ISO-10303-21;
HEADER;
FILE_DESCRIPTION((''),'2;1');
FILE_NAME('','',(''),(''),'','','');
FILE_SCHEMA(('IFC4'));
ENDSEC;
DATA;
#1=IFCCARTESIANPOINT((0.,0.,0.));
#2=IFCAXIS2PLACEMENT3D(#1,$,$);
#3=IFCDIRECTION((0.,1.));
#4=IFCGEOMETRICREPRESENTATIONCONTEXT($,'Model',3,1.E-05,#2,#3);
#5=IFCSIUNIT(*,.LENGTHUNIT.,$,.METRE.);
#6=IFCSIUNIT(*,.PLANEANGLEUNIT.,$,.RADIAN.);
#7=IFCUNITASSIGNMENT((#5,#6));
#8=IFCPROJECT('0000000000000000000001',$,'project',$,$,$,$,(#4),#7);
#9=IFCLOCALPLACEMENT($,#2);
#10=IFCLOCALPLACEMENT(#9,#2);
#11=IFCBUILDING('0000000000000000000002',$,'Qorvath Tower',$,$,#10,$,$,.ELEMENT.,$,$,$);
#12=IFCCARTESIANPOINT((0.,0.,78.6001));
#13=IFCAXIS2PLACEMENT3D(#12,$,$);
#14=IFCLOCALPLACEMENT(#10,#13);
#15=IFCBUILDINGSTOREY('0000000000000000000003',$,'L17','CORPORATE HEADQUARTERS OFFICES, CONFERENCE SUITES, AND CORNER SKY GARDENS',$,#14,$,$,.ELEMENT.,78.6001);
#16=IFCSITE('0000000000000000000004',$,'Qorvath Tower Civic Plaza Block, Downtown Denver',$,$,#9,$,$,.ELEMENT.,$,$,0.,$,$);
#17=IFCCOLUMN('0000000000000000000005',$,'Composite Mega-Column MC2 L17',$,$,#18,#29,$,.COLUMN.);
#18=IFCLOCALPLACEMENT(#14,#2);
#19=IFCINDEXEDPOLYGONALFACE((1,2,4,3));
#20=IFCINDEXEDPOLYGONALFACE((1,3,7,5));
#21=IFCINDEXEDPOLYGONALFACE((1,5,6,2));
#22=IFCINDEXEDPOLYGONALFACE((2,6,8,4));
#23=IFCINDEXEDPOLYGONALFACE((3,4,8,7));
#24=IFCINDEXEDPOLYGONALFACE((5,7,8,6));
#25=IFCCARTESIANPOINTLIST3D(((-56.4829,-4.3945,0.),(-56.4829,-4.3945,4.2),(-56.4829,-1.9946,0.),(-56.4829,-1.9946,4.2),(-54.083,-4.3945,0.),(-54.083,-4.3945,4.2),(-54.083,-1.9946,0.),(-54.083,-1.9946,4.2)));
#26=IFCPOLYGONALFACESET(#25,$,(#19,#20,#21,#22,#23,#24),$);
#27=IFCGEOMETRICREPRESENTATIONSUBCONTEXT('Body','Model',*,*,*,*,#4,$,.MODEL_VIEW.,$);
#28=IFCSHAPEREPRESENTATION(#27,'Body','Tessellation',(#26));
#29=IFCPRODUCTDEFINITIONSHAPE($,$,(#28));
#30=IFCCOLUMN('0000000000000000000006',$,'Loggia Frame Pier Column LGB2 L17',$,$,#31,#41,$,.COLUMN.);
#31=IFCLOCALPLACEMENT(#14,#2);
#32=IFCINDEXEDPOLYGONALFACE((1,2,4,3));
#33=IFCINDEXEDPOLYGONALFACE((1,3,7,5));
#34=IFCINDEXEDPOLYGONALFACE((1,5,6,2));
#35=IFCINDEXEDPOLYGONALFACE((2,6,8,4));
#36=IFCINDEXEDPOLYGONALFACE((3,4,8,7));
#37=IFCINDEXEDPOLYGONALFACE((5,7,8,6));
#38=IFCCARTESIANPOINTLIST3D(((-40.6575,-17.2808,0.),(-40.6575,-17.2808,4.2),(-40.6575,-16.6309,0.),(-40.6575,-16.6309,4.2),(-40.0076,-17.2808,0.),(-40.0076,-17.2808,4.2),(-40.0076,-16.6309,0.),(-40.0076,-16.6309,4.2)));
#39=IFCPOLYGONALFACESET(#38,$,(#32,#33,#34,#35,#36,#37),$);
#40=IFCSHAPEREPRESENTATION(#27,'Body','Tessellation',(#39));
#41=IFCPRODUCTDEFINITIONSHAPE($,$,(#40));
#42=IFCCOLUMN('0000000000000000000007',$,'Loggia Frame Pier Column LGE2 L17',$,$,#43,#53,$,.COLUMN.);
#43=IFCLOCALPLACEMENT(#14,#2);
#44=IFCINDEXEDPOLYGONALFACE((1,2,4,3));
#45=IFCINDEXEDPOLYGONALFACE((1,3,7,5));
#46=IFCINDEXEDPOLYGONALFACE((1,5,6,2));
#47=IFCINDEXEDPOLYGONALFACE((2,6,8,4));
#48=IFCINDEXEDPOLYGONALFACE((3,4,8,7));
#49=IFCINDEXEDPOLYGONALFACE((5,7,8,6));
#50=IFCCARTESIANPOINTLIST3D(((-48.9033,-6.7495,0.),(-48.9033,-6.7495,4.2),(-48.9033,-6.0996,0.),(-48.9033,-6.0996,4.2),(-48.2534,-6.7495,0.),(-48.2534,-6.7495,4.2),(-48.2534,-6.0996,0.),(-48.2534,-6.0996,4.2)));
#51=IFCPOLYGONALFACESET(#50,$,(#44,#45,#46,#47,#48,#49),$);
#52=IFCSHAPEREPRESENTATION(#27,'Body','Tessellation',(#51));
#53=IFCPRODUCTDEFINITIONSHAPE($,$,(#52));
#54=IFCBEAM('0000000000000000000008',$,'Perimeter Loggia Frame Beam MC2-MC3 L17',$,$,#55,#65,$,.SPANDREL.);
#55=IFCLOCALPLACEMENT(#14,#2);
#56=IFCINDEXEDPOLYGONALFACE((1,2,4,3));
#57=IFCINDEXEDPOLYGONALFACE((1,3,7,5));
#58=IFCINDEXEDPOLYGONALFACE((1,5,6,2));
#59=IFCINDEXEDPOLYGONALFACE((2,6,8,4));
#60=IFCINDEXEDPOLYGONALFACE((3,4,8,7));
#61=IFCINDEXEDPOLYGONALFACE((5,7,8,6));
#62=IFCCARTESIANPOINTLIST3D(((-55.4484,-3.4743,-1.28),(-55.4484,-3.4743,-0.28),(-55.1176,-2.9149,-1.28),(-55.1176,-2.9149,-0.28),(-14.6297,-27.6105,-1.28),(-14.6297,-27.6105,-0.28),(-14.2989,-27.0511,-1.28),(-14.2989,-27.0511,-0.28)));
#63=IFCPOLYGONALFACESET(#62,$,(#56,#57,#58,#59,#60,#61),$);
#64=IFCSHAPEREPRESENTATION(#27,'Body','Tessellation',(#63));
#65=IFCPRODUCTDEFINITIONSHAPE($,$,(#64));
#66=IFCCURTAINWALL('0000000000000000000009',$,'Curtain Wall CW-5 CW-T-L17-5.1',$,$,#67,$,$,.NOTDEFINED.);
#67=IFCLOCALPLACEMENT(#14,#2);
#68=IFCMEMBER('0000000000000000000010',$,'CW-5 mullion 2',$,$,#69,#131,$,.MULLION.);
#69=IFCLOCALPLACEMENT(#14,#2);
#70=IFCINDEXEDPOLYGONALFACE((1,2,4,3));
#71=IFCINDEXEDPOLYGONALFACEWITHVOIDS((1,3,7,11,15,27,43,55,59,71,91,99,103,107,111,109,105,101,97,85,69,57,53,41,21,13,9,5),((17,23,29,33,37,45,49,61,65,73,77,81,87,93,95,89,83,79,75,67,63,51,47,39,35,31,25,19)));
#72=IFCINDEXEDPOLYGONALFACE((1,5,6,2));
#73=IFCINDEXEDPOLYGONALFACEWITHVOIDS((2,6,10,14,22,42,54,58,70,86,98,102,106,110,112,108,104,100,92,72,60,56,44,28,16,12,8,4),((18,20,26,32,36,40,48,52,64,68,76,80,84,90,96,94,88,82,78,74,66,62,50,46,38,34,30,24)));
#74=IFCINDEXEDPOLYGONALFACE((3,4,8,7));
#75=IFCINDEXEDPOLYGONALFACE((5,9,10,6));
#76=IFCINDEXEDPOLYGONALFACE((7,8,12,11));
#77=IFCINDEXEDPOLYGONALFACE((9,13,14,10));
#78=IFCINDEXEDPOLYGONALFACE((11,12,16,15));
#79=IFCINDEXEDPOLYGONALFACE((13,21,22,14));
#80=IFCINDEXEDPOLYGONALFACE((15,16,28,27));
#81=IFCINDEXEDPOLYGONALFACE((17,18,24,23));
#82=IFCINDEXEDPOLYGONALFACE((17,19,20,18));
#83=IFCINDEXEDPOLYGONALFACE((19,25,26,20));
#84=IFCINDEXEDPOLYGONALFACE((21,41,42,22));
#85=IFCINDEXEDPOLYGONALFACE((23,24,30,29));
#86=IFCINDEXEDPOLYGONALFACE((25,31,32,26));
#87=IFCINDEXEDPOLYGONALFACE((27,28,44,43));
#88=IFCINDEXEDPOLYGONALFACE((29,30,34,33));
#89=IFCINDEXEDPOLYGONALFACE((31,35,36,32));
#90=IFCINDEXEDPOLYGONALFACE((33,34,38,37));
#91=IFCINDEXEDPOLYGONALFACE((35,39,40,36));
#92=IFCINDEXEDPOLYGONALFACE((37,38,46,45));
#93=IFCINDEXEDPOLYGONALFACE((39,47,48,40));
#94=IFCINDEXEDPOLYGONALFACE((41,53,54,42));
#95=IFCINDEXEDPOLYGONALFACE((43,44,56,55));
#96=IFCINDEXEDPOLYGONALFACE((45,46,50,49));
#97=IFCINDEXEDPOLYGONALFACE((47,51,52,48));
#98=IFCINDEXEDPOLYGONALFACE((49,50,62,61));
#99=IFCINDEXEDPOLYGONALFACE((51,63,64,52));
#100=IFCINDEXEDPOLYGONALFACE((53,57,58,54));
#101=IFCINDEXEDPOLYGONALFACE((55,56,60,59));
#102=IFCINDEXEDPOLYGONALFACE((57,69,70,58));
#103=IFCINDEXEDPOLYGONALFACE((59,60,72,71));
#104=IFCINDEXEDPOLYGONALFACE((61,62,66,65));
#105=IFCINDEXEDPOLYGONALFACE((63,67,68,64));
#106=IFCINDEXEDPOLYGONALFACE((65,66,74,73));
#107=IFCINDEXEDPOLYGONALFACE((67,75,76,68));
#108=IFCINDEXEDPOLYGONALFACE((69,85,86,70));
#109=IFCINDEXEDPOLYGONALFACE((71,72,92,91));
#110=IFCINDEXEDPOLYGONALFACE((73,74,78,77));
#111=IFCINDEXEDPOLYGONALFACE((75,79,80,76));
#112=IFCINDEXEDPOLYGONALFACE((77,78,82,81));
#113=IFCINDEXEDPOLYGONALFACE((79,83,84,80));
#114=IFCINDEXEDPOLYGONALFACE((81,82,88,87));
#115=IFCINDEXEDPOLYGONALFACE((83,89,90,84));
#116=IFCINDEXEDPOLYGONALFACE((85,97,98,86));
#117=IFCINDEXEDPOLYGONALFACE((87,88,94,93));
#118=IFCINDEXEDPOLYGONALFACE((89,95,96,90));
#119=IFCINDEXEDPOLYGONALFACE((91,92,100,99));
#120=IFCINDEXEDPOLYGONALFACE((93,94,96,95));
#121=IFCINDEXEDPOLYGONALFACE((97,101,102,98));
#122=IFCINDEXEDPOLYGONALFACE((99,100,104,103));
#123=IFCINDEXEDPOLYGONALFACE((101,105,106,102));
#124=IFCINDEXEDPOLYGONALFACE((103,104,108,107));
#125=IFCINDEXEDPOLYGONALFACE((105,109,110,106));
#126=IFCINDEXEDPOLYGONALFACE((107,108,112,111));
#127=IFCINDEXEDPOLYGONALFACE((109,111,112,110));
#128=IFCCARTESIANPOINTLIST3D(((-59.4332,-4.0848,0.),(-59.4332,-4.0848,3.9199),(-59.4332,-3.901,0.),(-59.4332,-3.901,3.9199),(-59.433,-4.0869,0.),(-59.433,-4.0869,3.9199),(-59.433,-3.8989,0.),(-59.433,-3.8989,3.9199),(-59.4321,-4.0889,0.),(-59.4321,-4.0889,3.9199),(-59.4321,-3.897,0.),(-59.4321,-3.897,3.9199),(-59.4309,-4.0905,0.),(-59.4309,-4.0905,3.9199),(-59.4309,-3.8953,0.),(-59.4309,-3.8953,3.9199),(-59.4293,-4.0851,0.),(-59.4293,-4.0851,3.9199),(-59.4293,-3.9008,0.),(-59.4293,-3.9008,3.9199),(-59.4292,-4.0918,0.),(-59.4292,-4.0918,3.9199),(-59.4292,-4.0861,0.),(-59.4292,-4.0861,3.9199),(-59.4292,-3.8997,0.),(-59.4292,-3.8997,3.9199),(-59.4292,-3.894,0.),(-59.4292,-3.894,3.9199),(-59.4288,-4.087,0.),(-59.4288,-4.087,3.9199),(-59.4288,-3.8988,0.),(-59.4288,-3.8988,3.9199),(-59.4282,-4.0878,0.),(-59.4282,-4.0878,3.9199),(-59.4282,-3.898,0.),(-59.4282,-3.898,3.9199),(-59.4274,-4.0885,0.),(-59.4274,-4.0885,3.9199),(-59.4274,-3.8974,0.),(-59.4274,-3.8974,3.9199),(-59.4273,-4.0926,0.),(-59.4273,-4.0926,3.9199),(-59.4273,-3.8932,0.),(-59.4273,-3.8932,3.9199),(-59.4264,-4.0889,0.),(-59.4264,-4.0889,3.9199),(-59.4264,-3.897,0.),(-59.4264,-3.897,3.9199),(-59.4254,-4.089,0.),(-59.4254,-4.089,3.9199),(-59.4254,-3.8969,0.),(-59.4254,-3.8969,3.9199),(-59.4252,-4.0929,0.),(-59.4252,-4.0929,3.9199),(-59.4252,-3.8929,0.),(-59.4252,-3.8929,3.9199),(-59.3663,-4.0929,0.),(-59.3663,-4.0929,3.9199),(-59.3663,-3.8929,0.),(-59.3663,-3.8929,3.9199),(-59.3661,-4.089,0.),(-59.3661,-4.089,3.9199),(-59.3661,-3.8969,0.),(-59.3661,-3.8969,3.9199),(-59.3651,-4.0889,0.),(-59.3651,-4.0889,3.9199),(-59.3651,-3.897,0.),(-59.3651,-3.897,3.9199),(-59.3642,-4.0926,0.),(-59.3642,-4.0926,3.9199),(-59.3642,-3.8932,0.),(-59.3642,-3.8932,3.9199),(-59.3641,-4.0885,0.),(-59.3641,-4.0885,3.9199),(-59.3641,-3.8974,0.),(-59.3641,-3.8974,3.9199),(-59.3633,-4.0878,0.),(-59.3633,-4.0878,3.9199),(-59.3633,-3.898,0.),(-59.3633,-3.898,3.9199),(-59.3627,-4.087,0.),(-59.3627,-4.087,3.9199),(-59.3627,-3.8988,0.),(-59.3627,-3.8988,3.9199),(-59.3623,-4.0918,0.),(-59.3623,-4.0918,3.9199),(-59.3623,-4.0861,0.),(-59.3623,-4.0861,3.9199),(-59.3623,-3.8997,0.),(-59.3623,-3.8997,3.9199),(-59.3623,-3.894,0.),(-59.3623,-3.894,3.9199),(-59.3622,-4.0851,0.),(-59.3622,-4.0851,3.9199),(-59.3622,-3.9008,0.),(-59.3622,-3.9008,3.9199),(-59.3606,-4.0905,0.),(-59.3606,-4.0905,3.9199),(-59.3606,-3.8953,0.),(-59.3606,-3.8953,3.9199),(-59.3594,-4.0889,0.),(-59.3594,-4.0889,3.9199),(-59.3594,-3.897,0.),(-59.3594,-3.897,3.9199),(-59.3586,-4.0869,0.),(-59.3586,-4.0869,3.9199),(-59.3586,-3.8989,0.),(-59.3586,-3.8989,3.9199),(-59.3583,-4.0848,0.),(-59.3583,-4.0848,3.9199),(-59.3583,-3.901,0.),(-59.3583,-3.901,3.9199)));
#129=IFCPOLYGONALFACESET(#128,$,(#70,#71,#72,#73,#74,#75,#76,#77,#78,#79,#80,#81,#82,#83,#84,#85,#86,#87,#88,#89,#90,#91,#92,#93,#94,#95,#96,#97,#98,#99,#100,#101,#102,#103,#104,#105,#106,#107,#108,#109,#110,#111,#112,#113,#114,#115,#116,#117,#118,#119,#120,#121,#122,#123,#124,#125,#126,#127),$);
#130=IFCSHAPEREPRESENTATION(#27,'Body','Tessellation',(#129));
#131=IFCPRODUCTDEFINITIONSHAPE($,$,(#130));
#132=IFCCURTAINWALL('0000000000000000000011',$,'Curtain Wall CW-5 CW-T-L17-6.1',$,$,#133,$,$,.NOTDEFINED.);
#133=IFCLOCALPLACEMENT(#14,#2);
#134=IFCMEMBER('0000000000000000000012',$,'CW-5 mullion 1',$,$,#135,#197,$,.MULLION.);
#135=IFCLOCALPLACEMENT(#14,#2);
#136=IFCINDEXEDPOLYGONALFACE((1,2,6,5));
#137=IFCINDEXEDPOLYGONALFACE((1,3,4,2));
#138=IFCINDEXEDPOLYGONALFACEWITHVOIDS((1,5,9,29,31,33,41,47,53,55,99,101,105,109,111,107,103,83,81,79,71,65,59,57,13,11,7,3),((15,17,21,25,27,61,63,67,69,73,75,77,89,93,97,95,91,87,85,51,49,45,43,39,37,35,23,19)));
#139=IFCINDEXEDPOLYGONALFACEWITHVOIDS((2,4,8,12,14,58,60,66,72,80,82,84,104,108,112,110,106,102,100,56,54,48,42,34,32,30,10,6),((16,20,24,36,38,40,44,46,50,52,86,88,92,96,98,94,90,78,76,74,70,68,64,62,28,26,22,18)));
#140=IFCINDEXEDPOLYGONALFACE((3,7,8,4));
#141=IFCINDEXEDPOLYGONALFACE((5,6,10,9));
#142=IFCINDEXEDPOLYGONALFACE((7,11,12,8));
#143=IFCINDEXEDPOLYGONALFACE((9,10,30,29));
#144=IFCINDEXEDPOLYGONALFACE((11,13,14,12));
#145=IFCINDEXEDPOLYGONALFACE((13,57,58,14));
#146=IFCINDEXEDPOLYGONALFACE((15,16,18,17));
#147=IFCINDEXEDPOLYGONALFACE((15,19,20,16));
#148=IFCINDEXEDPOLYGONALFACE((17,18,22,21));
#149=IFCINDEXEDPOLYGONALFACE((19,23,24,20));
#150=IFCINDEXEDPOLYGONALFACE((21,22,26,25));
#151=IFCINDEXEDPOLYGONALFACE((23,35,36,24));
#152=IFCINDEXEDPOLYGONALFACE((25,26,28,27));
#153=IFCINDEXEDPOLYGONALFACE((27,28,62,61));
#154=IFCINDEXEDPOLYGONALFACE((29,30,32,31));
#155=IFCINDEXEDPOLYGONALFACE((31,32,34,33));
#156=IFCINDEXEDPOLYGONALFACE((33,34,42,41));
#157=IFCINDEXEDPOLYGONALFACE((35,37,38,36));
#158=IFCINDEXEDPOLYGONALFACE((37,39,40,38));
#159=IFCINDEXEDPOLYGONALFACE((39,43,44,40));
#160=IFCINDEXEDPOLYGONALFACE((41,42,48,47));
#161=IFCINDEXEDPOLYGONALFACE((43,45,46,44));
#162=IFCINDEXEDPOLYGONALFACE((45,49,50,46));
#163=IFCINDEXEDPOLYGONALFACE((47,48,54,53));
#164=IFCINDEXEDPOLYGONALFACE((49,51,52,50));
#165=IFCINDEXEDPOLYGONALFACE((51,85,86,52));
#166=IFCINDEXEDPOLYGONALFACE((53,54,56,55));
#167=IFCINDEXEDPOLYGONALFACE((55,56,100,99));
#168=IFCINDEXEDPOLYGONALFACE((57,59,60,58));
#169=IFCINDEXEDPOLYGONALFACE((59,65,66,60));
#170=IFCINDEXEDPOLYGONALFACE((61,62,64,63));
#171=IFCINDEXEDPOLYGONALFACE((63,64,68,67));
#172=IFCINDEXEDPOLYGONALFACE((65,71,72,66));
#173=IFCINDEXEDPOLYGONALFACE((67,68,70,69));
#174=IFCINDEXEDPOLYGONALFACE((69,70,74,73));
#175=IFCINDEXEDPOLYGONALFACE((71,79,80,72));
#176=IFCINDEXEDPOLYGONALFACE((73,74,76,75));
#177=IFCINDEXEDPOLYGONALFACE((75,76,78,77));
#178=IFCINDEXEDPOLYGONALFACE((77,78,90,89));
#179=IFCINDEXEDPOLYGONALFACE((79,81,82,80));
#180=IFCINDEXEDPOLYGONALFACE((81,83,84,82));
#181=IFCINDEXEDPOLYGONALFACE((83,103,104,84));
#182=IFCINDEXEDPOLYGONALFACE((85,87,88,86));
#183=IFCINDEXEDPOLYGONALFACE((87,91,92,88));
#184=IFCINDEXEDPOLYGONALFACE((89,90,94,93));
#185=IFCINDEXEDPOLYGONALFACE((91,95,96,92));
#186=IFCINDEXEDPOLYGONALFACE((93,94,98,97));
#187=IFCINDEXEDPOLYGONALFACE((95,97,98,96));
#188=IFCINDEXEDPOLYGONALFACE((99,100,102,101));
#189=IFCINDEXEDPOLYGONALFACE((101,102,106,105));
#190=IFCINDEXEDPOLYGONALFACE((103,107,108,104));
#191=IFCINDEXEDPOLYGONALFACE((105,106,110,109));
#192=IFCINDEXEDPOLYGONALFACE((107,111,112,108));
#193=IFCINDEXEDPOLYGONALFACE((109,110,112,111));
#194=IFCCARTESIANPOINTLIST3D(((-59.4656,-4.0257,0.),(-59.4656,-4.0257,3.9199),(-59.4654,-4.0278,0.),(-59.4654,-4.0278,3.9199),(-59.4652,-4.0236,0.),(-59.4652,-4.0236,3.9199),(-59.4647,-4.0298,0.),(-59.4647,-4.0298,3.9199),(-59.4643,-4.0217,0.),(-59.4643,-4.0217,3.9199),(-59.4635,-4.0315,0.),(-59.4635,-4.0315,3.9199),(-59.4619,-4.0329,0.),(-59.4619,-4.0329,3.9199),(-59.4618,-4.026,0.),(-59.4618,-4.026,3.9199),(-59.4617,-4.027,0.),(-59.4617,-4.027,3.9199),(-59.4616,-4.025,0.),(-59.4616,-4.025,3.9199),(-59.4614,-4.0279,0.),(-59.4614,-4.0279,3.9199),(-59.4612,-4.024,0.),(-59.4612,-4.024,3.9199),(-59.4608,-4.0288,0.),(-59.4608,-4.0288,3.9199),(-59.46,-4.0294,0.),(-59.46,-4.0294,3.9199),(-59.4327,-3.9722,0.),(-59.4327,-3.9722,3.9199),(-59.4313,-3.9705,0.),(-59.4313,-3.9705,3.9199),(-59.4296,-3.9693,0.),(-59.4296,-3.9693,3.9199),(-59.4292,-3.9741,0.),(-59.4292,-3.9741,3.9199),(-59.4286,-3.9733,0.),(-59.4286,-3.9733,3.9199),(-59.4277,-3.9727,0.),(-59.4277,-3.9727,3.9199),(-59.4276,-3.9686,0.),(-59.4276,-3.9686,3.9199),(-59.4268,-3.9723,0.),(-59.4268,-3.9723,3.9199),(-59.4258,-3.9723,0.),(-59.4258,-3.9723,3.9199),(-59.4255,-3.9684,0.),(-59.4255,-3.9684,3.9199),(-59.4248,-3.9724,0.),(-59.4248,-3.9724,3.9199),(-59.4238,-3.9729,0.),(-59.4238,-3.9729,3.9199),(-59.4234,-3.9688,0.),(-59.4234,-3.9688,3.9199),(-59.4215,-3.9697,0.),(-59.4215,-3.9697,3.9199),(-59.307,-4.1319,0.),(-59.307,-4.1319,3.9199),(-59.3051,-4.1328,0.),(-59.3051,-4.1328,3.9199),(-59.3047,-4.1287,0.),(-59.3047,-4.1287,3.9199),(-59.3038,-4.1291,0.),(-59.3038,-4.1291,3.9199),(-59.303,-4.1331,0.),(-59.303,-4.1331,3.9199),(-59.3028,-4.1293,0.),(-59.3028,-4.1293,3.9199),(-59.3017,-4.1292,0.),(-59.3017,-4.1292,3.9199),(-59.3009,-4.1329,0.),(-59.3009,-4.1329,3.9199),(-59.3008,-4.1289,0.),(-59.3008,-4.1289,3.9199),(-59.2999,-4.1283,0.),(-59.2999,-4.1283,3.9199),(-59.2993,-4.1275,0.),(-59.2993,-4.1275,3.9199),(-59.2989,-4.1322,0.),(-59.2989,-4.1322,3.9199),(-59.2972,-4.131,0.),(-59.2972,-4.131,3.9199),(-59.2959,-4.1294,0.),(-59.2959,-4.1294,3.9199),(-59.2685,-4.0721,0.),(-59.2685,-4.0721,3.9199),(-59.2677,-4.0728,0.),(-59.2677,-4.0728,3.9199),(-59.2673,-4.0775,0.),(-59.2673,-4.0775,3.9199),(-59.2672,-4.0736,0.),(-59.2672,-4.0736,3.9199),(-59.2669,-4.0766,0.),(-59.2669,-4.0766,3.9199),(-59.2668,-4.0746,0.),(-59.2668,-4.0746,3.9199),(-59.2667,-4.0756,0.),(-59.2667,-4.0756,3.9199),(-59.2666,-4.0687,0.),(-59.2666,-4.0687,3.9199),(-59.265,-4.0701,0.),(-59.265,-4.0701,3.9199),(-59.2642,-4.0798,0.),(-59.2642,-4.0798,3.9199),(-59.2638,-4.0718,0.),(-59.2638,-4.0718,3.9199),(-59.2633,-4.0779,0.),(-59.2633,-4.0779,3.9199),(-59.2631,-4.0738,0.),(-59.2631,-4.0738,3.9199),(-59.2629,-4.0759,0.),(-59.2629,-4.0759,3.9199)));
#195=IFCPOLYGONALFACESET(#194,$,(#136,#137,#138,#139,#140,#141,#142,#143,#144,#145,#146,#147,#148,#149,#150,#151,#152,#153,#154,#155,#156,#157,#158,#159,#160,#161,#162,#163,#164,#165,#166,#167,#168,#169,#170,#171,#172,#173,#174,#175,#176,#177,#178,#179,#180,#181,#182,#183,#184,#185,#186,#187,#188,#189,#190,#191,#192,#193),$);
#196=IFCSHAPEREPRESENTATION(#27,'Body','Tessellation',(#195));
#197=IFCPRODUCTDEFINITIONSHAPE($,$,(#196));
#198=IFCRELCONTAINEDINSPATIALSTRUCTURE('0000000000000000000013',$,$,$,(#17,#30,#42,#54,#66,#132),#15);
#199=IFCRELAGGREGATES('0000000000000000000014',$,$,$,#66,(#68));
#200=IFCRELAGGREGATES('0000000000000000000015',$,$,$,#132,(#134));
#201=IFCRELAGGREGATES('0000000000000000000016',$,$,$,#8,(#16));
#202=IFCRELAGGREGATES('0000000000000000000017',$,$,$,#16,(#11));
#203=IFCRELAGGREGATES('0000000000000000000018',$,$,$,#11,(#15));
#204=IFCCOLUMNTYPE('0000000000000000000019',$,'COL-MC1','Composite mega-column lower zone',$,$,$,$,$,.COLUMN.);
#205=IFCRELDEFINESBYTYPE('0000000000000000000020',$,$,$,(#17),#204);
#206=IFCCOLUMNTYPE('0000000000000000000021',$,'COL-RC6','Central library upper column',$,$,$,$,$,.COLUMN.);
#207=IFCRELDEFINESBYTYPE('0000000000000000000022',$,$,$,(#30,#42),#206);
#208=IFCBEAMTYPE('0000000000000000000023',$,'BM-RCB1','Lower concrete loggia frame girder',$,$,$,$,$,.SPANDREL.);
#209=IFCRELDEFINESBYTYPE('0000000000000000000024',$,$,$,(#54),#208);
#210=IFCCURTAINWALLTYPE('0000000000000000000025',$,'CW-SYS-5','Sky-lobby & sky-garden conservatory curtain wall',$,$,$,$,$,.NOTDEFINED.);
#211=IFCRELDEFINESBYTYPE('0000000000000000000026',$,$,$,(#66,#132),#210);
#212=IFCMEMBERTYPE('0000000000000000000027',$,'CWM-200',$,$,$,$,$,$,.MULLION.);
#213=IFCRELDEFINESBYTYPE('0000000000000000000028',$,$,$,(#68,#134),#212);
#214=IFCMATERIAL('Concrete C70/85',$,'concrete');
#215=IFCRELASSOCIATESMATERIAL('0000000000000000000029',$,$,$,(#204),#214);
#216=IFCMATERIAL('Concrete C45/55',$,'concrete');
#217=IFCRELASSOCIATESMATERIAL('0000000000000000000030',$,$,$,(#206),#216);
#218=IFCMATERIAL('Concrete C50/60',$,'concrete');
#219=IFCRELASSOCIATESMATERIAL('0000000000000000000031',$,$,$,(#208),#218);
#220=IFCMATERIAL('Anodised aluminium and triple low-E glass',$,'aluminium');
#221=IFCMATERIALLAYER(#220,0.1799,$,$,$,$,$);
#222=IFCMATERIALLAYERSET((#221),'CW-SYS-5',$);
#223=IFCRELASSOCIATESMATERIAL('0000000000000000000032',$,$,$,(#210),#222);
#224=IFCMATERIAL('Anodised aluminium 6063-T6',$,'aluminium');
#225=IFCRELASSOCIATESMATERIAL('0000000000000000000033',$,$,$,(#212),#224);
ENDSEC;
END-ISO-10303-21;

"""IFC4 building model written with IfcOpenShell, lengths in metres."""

from ifc_helpers import new_model, si_unit, direction, frame, origin, origin_2d, place, context, subcontext, project, spatial, rectangle, hollow_rectangle, extrude, material, layer, layer_set, material_profile, profile_set, type_object, element, aggregate, save


model = new_model("IFC4")

# Units and contexts
model_context = context("Model", 3, precision=1e-05, world=origin(), true_north=direction((0.0, 1.0)))
body_context = subcontext(model_context, "Body", "Model", "MODEL_VIEW")
ifc_project = project(units=[si_unit("LENGTHUNIT", "METRE"), si_unit("PLANEANGLEUNIT", "RADIAN")], contexts=[model_context])

# Site, building, storey
site_placement = place(None, origin())
site = spatial("IfcSite", under=ifc_project, at=site_placement, Name="Qorvath Tower Civic Plaza Block, Downtown Denver", CompositionType="ELEMENT", RefElevation=0.0)
building_placement = place(site_placement, origin())
building = spatial("IfcBuilding", under=site, at=building_placement, Name="Qorvath Tower", CompositionType="ELEMENT")
storey_placement = place(building_placement, frame((0.0, 0.0, 78.6001)))
storey = spatial("IfcBuildingStorey", under=building, at=storey_placement, Name="L17", Description="CORPORATE HEADQUARTERS OFFICES, CONFERENCE SUITES, AND CORNER SKY GARDENS", CompositionType="ELEMENT", Elevation=78.6001)

# Columns
ifc_material_1 = material(Name="Concrete C70/85", Category="concrete")
ifc_material_profile_1 = material_profile(ifc_material_1, rectangle(XDim=2.3999, YDim=2.3999, at=origin_2d()), Name="MC 2400x2400")
ifc_profile_set_1 = profile_set([ifc_material_profile_1], Name="Concrete C70/85")
column_type_1 = type_object("IfcColumnType", Name="COL-MC1", Description="Composite mega-column lower zone", PredefinedType="COLUMN", material=ifc_profile_set_1)
column_placement = place(storey_placement, frame((-55.283, -3.1946, 0.0), z_axis=(0.0, 0.0, 1.0), x_axis=(1.0, 0.0, 0.0)))
element("IfcColumn", 1, at=column_placement, inside=storey, type_object=column_type_1, Name="Composite Mega-Column MC2 L17", PredefinedType="COLUMN", context=body_context, shape_type="SweptSolid", body=[
    extrude(rectangle(XDim=2.3999, YDim=2.3999, at=origin_2d()), origin(), (0.0, 0.0, 1.0), 4.2),
])
ifc_material_2 = material(Name="Concrete C45/55", Category="concrete")
ifc_material_profile_2 = material_profile(ifc_material_2, rectangle(XDim=0.6499, YDim=0.6499, at=origin_2d()), Name="RC 650x650")
ifc_profile_set_2 = profile_set([ifc_material_profile_2], Name="Concrete C45/55")
column_type_2 = type_object("IfcColumnType", Name="COL-RC6", Description="Central library upper column", PredefinedType="COLUMN", material=ifc_profile_set_2)
for number, where, z_axis, x_axis, name in (
    (2, (-40.3325, -16.9558, 0.0), (0.0, 0.0, 1.0), (1.0, 0.0, 0.0), "Loggia Frame Pier Column LGB2 L17"),
    (3, (-48.5784, -6.4246, 0.0), (0.0, 0.0, 1.0), (1.0, 0.0, 0.0), "Loggia Frame Pier Column LGE2 L17"),
):
    element("IfcColumn", number, at=place(storey_placement, frame(where, z_axis=z_axis, x_axis=x_axis)), inside=storey, type_object=column_type_2, Name=name, PredefinedType="COLUMN", context=body_context, shape_type="SweptSolid", body=[
        extrude(rectangle(XDim=0.6499, YDim=0.6499, at=origin_2d()), origin(), (0.0, 0.0, 1.0), 4.2),
    ])

# Beam
ifc_material_3 = material(Name="Concrete C50/60", Category="concrete")
ifc_material_profile_3 = material_profile(ifc_material_3, rectangle(XDim=0.6499, YDim=1.0, at=origin_2d()), Name="RCB 1000x650")
ifc_profile_set_3 = profile_set([ifc_material_profile_3], Name="Concrete C50/60")
beam_type = type_object("IfcBeamType", Name="BM-RCB1", Description="Lower concrete loggia frame girder", PredefinedType="SPANDREL", material=ifc_profile_set_3)
beam_placement = place(storey_placement, frame((-55.283, -3.1946, -0.78), z_axis=(0.860777, -0.508982, 0.0), x_axis=(0.508982, 0.860777, 0.0)))
element("IfcBeam", 4, at=beam_placement, inside=storey, type_object=beam_type, Name="Perimeter Loggia Frame Beam MC2-MC3 L17", PredefinedType="SPANDREL", context=body_context, shape_type="SweptSolid", body=[
    extrude(rectangle(XDim=0.6499, YDim=1.0, at=origin_2d()), origin(), (0.0, 0.0, 1.0), 47.4207),
])

# Curtain wall, member
ifc_material_4 = material(Name="Anodised aluminium and triple low-E glass", Category="aluminium")
ifc_layer_1 = layer(ifc_material_4, 0.1799)
ifc_layer_set_1 = layer_set([ifc_layer_1], Name="CW-SYS-5")
curtain_wall_type = type_object("IfcCurtainWallType", Name="CW-SYS-5", Description="Sky-lobby & sky-garden conservatory curtain wall", PredefinedType="NOTDEFINED", material=ifc_layer_set_1)
curtain_wall_1_placement = place(storey_placement, origin())
curtain_wall_1 = element("IfcCurtainWall", 5, at=curtain_wall_1_placement, inside=storey, type_object=curtain_wall_type, Name="Curtain Wall CW-5 CW-T-L17-5.1", PredefinedType="NOTDEFINED")
ifc_material_5 = material(Name="Anodised aluminium 6063-T6", Category="aluminium")
ifc_material_profile_4 = material_profile(ifc_material_5, hollow_rectangle(XDim=0.075, YDim=0.2, WallThickness=0.0039, InnerFilletRadius=0.0039, OuterFilletRadius=0.0081, at=origin_2d()), Name="CWM 200x75")
ifc_profile_set_4 = profile_set([ifc_material_profile_4], Name="Anodised aluminium 6063-T6")
member_type_1 = type_object("IfcMemberType", Name="CWM-200", PredefinedType="MULLION", material=ifc_profile_set_4)
member_1_placement = place(storey_placement, frame((-59.3958, -3.9929, 0.0), z_axis=(0.0, 0.0, 1.0), x_axis=(1.0, 0.0, 0.0)))
member_1 = element("IfcMember", 6, at=member_1_placement, type_object=member_type_1, Name="CW-5 mullion 2", PredefinedType="MULLION", context=body_context, shape_type="SweptSolid", body=[
    extrude(hollow_rectangle(XDim=0.075, YDim=0.2, WallThickness=0.0039, InnerFilletRadius=0.0039, OuterFilletRadius=0.0081, at=origin_2d()), origin(), (0.0, 0.0, 1.0), 3.9199),
])

# Curtain wall, member
curtain_wall_2_placement = place(storey_placement, origin())
curtain_wall_2 = element("IfcCurtainWall", 7, at=curtain_wall_2_placement, inside=storey, type_object=curtain_wall_type, Name="Curtain Wall CW-5 CW-T-L17-6.1", PredefinedType="NOTDEFINED")
member_2_placement = place(storey_placement, frame((-59.3643, -4.0508, 0.0), z_axis=(0.0, 0.0, 1.0), x_axis=(0.538533, 0.842604, 0.0)))
member_2 = element("IfcMember", 8, at=member_2_placement, type_object=member_type_1, Name="CW-5 mullion 1", PredefinedType="MULLION", context=body_context, shape_type="SweptSolid", body=[
    extrude(hollow_rectangle(XDim=0.075, YDim=0.2, WallThickness=0.0039, InnerFilletRadius=0.0039, OuterFilletRadius=0.0081, at=origin_2d()), origin(), (0.0, 0.0, 1.0), 3.9199),
])

aggregate(curtain_wall_1, [member_1])
aggregate(curtain_wall_2, [member_2])

save(model, "model.ifc")
